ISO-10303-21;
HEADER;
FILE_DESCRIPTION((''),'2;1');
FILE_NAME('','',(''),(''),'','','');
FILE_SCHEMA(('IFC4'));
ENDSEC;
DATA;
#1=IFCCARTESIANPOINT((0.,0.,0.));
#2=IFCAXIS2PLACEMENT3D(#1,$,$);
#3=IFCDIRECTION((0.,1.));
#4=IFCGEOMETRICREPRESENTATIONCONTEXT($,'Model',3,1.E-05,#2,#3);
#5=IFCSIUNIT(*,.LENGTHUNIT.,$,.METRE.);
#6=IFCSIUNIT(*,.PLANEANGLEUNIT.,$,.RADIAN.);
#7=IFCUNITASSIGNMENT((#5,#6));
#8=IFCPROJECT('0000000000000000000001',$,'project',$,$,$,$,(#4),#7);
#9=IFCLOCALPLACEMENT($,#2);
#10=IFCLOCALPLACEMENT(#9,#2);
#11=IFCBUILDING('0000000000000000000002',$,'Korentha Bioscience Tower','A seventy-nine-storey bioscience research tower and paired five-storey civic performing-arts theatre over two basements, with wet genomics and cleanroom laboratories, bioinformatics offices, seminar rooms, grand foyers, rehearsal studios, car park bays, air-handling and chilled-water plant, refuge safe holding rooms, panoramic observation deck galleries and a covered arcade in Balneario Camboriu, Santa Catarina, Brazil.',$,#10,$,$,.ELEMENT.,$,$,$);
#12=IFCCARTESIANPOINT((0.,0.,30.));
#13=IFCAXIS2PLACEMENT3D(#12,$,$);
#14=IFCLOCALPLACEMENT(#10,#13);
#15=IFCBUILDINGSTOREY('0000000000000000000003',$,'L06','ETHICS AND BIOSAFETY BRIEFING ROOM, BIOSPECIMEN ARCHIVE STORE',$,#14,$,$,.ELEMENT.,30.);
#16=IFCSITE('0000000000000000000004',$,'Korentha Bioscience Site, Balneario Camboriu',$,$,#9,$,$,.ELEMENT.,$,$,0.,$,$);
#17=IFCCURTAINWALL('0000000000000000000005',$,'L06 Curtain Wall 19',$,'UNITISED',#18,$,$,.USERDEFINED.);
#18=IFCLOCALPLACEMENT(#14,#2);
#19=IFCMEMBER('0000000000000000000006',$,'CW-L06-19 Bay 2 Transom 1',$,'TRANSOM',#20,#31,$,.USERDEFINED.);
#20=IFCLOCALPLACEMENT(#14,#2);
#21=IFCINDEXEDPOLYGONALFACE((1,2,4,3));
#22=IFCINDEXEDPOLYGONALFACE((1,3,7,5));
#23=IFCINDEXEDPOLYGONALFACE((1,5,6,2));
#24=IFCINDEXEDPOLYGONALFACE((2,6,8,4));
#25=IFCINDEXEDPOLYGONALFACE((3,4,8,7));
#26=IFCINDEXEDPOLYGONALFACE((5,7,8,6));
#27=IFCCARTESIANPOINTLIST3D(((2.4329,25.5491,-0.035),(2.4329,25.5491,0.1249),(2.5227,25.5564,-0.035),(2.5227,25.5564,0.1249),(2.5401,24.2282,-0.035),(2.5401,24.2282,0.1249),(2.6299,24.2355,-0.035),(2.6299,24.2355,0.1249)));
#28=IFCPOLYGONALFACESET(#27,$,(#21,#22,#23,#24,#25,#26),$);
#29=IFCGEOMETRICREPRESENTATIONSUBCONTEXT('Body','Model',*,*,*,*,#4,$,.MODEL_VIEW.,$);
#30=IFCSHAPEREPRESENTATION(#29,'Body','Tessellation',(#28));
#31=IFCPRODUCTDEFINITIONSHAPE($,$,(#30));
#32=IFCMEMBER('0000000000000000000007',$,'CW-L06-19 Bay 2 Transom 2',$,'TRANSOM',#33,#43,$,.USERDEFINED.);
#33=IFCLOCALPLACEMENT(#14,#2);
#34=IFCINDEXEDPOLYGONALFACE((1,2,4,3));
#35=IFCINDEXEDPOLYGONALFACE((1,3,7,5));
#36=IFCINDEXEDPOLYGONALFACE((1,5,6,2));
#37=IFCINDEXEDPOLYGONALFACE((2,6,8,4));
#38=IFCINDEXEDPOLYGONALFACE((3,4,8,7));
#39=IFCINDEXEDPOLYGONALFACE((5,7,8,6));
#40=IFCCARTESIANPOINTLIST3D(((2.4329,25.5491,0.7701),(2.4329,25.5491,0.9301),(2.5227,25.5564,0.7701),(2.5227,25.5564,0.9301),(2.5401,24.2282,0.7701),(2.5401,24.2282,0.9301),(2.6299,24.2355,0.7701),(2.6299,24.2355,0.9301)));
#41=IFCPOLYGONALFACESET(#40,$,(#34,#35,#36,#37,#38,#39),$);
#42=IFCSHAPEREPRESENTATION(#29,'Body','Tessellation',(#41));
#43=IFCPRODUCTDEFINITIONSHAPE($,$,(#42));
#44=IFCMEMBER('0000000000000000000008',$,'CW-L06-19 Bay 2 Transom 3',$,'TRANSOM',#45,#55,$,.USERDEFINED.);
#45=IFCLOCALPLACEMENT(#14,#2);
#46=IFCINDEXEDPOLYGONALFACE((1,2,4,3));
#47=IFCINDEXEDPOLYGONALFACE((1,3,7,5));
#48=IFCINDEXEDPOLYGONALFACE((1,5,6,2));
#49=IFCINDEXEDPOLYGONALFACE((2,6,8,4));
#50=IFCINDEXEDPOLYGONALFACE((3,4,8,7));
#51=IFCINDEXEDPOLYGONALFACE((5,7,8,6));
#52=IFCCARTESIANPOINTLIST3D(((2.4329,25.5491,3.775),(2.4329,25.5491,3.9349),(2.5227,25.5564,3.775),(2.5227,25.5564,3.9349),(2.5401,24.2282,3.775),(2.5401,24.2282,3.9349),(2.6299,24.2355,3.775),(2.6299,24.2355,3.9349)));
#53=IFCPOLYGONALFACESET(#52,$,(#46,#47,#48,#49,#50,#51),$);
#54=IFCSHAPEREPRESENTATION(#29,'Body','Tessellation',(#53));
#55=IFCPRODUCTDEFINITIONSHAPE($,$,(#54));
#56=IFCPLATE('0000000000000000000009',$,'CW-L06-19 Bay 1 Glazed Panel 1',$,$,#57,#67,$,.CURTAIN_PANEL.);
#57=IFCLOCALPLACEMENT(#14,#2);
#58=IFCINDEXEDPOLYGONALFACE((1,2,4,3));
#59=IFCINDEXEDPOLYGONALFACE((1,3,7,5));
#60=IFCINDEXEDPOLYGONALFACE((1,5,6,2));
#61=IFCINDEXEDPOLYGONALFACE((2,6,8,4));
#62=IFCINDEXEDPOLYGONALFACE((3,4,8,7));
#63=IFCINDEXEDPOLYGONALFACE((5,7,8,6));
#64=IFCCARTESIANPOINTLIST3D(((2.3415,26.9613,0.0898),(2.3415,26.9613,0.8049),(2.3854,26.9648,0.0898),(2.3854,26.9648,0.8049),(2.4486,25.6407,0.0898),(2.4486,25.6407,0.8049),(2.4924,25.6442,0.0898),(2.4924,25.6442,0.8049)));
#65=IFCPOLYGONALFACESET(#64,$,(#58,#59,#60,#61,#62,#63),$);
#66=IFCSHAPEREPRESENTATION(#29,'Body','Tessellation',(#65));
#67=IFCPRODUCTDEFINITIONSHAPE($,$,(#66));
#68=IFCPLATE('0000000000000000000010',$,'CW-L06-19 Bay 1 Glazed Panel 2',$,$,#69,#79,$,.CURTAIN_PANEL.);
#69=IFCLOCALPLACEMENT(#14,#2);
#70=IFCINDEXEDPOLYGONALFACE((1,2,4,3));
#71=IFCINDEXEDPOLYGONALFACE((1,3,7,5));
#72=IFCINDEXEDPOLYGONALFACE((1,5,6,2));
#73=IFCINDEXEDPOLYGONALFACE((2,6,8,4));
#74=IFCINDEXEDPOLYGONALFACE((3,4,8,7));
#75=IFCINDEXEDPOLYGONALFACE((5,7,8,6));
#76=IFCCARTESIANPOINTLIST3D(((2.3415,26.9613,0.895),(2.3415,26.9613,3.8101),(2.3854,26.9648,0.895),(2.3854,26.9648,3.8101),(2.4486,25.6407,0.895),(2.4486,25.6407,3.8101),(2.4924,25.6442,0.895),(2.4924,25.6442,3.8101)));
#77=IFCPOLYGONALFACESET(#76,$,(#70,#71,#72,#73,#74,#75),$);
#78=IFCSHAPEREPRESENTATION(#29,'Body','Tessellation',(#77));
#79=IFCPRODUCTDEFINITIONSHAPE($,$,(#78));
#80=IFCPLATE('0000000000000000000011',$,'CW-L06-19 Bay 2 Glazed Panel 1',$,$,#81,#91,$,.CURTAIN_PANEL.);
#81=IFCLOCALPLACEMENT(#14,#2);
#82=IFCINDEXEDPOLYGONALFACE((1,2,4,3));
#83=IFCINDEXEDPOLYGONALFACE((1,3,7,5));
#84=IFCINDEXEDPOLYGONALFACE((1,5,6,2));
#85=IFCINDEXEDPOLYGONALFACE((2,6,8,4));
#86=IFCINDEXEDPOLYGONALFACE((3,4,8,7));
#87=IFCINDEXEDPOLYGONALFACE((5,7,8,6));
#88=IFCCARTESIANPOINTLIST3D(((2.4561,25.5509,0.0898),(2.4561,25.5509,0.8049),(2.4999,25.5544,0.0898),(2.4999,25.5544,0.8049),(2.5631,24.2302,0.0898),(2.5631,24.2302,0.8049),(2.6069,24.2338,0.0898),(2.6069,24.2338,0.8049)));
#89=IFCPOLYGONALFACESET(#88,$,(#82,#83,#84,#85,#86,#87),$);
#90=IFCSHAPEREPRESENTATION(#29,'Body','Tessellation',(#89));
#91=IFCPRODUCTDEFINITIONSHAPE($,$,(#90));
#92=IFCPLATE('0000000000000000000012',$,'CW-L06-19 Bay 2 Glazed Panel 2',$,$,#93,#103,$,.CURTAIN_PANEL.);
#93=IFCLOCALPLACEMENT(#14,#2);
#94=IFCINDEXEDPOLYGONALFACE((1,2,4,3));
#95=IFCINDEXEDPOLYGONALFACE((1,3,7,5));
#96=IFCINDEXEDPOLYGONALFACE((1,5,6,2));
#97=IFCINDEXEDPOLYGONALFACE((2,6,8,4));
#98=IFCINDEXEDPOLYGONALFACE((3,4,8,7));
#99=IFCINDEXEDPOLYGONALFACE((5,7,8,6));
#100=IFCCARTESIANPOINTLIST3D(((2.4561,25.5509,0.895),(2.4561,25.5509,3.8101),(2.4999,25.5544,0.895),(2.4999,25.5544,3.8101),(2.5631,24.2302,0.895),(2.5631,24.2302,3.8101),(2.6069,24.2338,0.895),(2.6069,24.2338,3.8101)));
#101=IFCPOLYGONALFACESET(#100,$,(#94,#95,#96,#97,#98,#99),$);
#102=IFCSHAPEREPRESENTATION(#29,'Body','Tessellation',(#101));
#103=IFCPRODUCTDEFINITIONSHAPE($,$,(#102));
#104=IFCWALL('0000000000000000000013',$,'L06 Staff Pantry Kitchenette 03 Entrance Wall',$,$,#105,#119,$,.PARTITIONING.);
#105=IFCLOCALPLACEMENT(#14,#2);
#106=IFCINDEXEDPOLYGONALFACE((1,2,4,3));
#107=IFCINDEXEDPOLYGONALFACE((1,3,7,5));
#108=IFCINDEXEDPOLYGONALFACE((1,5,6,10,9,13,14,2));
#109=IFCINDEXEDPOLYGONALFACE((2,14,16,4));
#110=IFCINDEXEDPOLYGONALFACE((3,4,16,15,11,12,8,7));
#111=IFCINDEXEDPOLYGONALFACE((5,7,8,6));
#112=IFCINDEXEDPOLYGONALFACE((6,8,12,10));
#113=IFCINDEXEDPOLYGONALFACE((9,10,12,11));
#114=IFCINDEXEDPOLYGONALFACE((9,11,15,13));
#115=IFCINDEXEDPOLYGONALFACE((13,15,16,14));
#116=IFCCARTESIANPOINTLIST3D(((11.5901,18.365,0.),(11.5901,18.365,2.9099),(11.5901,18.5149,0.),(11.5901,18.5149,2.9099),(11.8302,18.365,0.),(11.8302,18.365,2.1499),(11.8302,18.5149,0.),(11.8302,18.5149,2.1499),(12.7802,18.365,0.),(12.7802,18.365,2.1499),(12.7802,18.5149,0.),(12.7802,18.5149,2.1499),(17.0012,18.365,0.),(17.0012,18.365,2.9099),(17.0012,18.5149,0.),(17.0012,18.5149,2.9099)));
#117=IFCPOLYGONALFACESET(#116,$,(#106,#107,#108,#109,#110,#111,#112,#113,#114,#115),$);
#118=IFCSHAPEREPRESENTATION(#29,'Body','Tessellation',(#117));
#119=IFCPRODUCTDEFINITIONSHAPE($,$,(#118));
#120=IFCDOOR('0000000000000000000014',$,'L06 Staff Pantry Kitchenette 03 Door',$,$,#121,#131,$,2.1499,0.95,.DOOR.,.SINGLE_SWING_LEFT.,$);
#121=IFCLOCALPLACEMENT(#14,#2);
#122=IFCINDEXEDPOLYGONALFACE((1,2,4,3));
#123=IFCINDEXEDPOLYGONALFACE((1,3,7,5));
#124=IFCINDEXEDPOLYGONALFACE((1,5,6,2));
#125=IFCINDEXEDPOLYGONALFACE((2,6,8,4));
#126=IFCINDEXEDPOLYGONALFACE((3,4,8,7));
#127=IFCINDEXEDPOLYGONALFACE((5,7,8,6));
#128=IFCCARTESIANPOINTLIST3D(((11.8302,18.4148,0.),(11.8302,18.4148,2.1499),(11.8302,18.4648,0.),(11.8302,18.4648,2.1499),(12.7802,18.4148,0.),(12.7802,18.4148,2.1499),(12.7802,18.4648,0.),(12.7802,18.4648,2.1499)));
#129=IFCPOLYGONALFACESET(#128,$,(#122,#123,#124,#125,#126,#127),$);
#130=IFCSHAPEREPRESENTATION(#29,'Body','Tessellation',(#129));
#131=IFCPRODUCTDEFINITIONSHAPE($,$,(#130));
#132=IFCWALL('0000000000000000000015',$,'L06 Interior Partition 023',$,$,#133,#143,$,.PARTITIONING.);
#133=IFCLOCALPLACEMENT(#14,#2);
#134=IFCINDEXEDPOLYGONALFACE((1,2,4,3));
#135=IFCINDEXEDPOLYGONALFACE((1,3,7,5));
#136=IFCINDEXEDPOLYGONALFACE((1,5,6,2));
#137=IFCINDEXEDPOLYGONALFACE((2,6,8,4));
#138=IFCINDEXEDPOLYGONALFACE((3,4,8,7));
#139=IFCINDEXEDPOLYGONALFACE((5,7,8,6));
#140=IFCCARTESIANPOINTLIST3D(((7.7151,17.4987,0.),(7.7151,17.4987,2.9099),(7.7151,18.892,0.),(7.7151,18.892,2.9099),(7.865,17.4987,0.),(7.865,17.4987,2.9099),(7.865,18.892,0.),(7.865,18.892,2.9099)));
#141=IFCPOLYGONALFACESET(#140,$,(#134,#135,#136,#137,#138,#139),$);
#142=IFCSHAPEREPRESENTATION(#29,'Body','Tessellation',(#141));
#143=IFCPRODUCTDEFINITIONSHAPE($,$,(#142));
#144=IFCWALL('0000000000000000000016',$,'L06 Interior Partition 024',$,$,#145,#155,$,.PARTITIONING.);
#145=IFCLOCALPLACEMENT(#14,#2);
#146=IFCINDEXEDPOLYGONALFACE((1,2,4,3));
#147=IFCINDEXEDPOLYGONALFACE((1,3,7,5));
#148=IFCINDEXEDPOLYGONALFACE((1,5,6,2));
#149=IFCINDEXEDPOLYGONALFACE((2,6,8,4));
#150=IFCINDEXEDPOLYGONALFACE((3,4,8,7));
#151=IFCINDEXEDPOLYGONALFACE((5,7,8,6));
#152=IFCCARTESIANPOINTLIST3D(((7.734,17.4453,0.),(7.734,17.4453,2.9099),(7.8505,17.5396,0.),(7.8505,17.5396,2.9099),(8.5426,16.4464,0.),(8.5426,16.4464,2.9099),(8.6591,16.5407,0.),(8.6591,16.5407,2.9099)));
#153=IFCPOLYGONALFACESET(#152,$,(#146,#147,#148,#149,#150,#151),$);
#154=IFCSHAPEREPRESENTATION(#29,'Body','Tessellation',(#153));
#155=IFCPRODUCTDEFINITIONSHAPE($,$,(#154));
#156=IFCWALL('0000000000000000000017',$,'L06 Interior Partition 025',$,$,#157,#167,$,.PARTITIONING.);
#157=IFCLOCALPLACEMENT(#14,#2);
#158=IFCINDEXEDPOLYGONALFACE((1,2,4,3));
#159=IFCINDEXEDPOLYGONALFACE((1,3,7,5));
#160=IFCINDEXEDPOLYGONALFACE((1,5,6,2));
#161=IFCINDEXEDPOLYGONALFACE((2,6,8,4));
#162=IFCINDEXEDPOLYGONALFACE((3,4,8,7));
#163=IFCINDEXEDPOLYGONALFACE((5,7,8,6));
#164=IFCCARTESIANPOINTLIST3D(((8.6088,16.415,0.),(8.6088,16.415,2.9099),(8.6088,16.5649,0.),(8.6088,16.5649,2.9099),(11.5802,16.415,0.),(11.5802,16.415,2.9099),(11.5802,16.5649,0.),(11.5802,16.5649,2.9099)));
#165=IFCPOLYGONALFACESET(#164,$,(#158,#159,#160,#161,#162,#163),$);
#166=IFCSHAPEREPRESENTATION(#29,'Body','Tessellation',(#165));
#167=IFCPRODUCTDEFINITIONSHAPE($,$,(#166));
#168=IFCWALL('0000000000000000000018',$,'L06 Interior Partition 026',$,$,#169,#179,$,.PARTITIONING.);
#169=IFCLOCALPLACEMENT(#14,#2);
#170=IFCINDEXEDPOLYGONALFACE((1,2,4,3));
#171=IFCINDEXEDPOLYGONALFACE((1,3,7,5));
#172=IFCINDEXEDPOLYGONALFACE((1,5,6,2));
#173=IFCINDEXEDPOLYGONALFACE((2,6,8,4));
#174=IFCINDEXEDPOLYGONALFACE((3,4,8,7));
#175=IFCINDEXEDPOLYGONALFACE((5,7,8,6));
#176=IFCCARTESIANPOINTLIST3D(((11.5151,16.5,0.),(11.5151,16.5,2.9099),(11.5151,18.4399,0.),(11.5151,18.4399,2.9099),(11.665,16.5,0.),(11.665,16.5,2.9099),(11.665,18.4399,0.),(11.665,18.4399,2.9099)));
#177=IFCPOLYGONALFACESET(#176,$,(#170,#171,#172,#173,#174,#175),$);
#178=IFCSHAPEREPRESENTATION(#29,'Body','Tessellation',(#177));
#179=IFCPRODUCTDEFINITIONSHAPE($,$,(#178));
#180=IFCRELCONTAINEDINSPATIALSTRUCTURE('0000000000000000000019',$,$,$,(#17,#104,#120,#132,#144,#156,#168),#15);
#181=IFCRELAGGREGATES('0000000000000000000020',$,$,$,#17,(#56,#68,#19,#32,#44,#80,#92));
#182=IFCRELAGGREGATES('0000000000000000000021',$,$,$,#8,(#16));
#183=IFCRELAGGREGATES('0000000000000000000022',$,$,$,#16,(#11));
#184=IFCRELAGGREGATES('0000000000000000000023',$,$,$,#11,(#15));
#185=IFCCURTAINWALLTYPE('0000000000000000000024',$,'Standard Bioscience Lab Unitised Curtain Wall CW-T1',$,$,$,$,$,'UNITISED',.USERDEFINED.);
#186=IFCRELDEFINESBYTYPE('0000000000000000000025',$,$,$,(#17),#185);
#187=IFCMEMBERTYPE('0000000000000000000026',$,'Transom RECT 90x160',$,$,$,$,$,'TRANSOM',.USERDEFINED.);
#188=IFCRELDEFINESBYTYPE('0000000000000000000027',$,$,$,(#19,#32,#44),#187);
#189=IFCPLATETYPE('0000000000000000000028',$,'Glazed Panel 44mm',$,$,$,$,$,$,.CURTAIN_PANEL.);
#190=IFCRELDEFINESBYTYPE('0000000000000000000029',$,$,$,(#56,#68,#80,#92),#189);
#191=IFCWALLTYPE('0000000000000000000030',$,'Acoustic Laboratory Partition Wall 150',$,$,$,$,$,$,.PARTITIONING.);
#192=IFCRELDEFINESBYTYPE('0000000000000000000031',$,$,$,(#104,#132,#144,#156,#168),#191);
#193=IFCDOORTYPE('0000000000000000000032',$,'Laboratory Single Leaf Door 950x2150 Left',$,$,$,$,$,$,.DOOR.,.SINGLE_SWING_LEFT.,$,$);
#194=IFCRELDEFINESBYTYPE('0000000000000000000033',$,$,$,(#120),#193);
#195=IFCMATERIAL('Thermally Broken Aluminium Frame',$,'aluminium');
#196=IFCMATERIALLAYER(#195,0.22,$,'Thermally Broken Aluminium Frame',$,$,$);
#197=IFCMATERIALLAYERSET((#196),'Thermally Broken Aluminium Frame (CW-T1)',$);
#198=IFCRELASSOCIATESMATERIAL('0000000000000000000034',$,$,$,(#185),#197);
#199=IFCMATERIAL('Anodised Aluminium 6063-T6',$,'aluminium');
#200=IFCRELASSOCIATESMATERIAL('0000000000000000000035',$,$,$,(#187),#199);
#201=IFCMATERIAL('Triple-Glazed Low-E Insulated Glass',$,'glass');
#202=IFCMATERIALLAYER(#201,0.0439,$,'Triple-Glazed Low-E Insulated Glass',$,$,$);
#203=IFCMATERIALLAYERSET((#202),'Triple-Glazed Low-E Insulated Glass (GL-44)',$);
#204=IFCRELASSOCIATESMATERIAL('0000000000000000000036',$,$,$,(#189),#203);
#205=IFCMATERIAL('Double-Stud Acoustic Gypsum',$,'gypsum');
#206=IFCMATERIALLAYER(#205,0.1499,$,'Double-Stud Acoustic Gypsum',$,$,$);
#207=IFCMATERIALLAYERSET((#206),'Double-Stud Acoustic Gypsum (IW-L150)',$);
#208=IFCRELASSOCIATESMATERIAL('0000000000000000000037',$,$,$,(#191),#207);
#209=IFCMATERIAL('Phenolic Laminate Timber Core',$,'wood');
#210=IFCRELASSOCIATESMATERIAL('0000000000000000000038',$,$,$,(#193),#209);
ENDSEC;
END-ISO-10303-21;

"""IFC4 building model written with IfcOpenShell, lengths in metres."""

from ifc_helpers import new_model, si_unit, direction, frame, frame_2d, origin, origin_2d, place, context, subcontext, project, spatial, rectangle, extrude, material, layer, layer_set, material_profile, profile_set, type_object, element, fill, aggregate, save


model = new_model("IFC4")

# Units and contexts
model_context = context("Model", 3, precision=1e-05, world=origin(), true_north=direction((0.0, 1.0)))
body_context = subcontext(model_context, "Body", "Model", "MODEL_VIEW")
ifc_project = project(units=[si_unit("LENGTHUNIT", "METRE"), si_unit("PLANEANGLEUNIT", "RADIAN")], contexts=[model_context])

# Site, building, storey
site_placement = place(None, origin())
site = spatial("IfcSite", under=ifc_project, at=site_placement, Name="Korentha Bioscience Site, Balneario Camboriu", CompositionType="ELEMENT", RefElevation=0.0)
building_placement = place(site_placement, origin())
building = spatial("IfcBuilding", under=site, at=building_placement, Name="Korentha Bioscience Tower", Description="A seventy-nine-storey bioscience research tower and paired five-storey civic performing-arts theatre over two basements, with wet genomics and cleanroom laboratories, bioinformatics offices, seminar rooms, grand foyers, rehearsal studios, car park bays, air-handling and chilled-water plant, refuge safe holding rooms, panoramic observation deck galleries and a covered arcade in Balneario Camboriu, Santa Catarina, Brazil.", CompositionType="ELEMENT")
storey_placement = place(building_placement, frame((0.0, 0.0, 30.0)))
storey = spatial("IfcBuildingStorey", under=building, at=storey_placement, Name="L06", Description="ETHICS AND BIOSAFETY BRIEFING ROOM, BIOSPECIMEN ARCHIVE STORE", CompositionType="ELEMENT", Elevation=30.0)

# Curtain wall
ifc_material_1 = material(Name="Thermally Broken Aluminium Frame", Category="aluminium")
ifc_layer_1 = layer(ifc_material_1, 0.22, Name="Thermally Broken Aluminium Frame")
ifc_layer_set_1 = layer_set([ifc_layer_1], Name="Thermally Broken Aluminium Frame (CW-T1)")
curtain_wall_type = type_object("IfcCurtainWallType", Name="Standard Bioscience Lab Unitised Curtain Wall CW-T1", ElementType="UNITISED", PredefinedType="USERDEFINED", material=ifc_layer_set_1)
curtain_wall_placement = place(storey_placement, origin())
curtain_wall = element("IfcCurtainWall", 1, at=curtain_wall_placement, inside=storey, type_object=curtain_wall_type, Name="L06 Curtain Wall 19", ObjectType="UNITISED", PredefinedType="USERDEFINED")
ifc_material_2 = material(Name="Anodised Aluminium 6063-T6", Category="aluminium")

# Members
ifc_material_profile_1 = material_profile(ifc_material_2, rectangle(XDim=0.0901, YDim=0.1599, at=origin_2d()), Name="Anodised Aluminium 6063-T6")
ifc_profile_set_1 = profile_set([ifc_material_profile_1], Name="Anodised Aluminium 6063-T6 (CW-TRN)")
member_type_1 = type_object("IfcMemberType", Name="Transom RECT 90x160", ElementType="TRANSOM", PredefinedType="USERDEFINED", material=ifc_profile_set_1)
member_1_placement = place(storey_placement, frame((2.4778, 25.5527, 0.0449), z_axis=(0.08088, -0.996724, 0.0), x_axis=(0.996724, 0.08088, 0.0)))
member_1 = element("IfcMember", 2, at=member_1_placement, type_object=member_type_1, Name="CW-L06-19 Bay 2 Transom 1", ObjectType="TRANSOM", PredefinedType="USERDEFINED", context=body_context, shape_type="SweptSolid", body=[
    extrude(rectangle(XDim=0.0901, YDim=0.1599, at=origin_2d()), origin(), (0.0, 0.0, 1.0), 1.3252),
])
member_2_placement = place(storey_placement, frame((2.4778, 25.5527, 0.8501), z_axis=(0.08088, -0.996724, 0.0), x_axis=(0.996724, 0.08088, 0.0)))
member_2 = element("IfcMember", 3, at=member_2_placement, type_object=member_type_1, Name="CW-L06-19 Bay 2 Transom 2", ObjectType="TRANSOM", PredefinedType="USERDEFINED", context=body_context, shape_type="SweptSolid", body=[
    extrude(rectangle(XDim=0.0901, YDim=0.1599, at=origin_2d()), origin(), (0.0, 0.0, 1.0), 1.3252),
])
member_3_placement = place(storey_placement, frame((2.4778, 25.5527, 3.855), z_axis=(0.08088, -0.996724, 0.0), x_axis=(0.996724, 0.08088, 0.0)))
member_3 = element("IfcMember", 4, at=member_3_placement, type_object=member_type_1, Name="CW-L06-19 Bay 2 Transom 3", ObjectType="TRANSOM", PredefinedType="USERDEFINED", context=body_context, shape_type="SweptSolid", body=[
    extrude(rectangle(XDim=0.0901, YDim=0.1599, at=origin_2d()), origin(), (0.0, 0.0, 1.0), 1.3252),
])

# Plates
ifc_material_3 = material(Name="Triple-Glazed Low-E Insulated Glass", Category="glass")
ifc_layer_2 = layer(ifc_material_3, 0.0439, Name="Triple-Glazed Low-E Insulated Glass")
ifc_layer_set_2 = layer_set([ifc_layer_2], Name="Triple-Glazed Low-E Insulated Glass (GL-44)")
plate_type = type_object("IfcPlateType", Name="Glazed Panel 44mm", PredefinedType="CURTAIN_PANEL", material=ifc_layer_set_2)
plate_1_placement = place(storey_placement, frame((2.417, 26.3027, 0.0898), z_axis=(0.0, 0.0, 1.0), x_axis=(0.08082, -0.996729, 0.0)))
plate_1 = element("IfcPlate", 5, at=plate_1_placement, type_object=plate_type, Name="CW-L06-19 Bay 1 Glazed Panel 1", PredefinedType="CURTAIN_PANEL", context=body_context, shape_type="SweptSolid", body=[
    extrude(rectangle(XDim=1.325, YDim=0.0439, at=origin_2d()), origin(), (0.0, 0.0, 1.0), 0.7151),
])
plate_2_placement = place(storey_placement, frame((2.417, 26.3027, 0.895), z_axis=(0.0, 0.0, 1.0), x_axis=(0.08082, -0.996729, 0.0)))
plate_2 = element("IfcPlate", 6, at=plate_2_placement, type_object=plate_type, Name="CW-L06-19 Bay 1 Glazed Panel 2", PredefinedType="CURTAIN_PANEL", context=body_context, shape_type="SweptSolid", body=[
    extrude(rectangle(XDim=1.325, YDim=0.0439, at=origin_2d()), origin(), (0.0, 0.0, 1.0), 2.915),
])
plate_3_placement = place(storey_placement, frame((2.5315, 24.8923, 0.0898), z_axis=(0.0, 0.0, 1.0), x_axis=(0.08082, -0.996729, 0.0)))
plate_3 = element("IfcPlate", 7, at=plate_3_placement, type_object=plate_type, Name="CW-L06-19 Bay 2 Glazed Panel 1", PredefinedType="CURTAIN_PANEL", context=body_context, shape_type="SweptSolid", body=[
    extrude(rectangle(XDim=1.325, YDim=0.0439, at=origin_2d()), origin(), (0.0, 0.0, 1.0), 0.7151),
])
plate_4_placement = place(storey_placement, frame((2.5315, 24.8923, 0.895), z_axis=(0.0, 0.0, 1.0), x_axis=(0.08082, -0.996729, 0.0)))
plate_4 = element("IfcPlate", 8, at=plate_4_placement, type_object=plate_type, Name="CW-L06-19 Bay 2 Glazed Panel 2", PredefinedType="CURTAIN_PANEL", context=body_context, shape_type="SweptSolid", body=[
    extrude(rectangle(XDim=1.325, YDim=0.0439, at=origin_2d()), origin(), (0.0, 0.0, 1.0), 2.915),
])
aggregate(curtain_wall, [plate_1, plate_2, member_1, member_2, member_3, plate_3, plate_4])

# Wall, opening, door
ifc_material_4 = material(Name="Double-Stud Acoustic Gypsum", Category="gypsum")
ifc_layer_3 = layer(ifc_material_4, 0.1499, Name="Double-Stud Acoustic Gypsum")
ifc_layer_set_3 = layer_set([ifc_layer_3], Name="Double-Stud Acoustic Gypsum (IW-L150)")
wall_type_1 = type_object("IfcWallType", Name="Acoustic Laboratory Partition Wall 150", PredefinedType="PARTITIONING", material=ifc_layer_set_3)
wall_1_placement = place(storey_placement, frame((11.5901, 18.4399, 0.0), z_axis=(0.0, 0.0, 1.0), x_axis=(1.0, 0.0, 0.0)))
wall_1 = element("IfcWall", 9, at=wall_1_placement, inside=storey, type_object=wall_type_1, Name="L06 Staff Pantry Kitchenette 03 Entrance Wall", PredefinedType="PARTITIONING", context=body_context, shape_type="SweptSolid", body=[
    extrude(rectangle(XDim=5.4111, YDim=0.1499, at=frame_2d((2.7056, 0.0))), origin(), (0.0, 0.0, 1.0), 2.9099),
])
opening_1_placement = place(wall_1_placement, frame((0.24, 0.0, 0.0)))
opening_1 = element("IfcOpeningElement", 10, at=opening_1_placement, cuts=wall_1, PredefinedType="OPENING", context=body_context, shape_type="SweptSolid", body=[
    extrude(rectangle(XDim=0.95, YDim=2.1499, at=frame_2d((0.4751, 1.075))), frame((0.0, 0.0898, 0.0), z_axis=(0.0, -1.0, 0.0), x_axis=(1.0, 0.0, 0.0)), (0.0, 0.0, 1.0), 0.1797),
])
ifc_material_5 = material(Name="Phenolic Laminate Timber Core", Category="wood")
door_type_1 = type_object("IfcDoorType", Name="Laboratory Single Leaf Door 950x2150 Left", OperationType="SINGLE_SWING_LEFT", PredefinedType="DOOR", material=ifc_material_5)
door_1_placement = place(opening_1_placement, origin())
door_1 = element("IfcDoor", 11, at=door_1_placement, inside=storey, type_object=door_type_1, Name="L06 Staff Pantry Kitchenette 03 Door", OperationType="SINGLE_SWING_LEFT", OverallHeight=2.1499, OverallWidth=0.95, PredefinedType="DOOR", context=body_context, shape_type="SweptSolid", body=[
    extrude(rectangle(XDim=0.95, YDim=2.1499, at=frame_2d((0.4751, 1.075))), frame((0.0, 0.0249, 0.0), z_axis=(0.0, -1.0, 0.0), x_axis=(1.0, 0.0, 0.0)), (0.0, 0.0, 1.0), 0.05),
])
fill(opening_1, door_1)

# Walls
wall_2_placement = place(storey_placement, frame((7.79, 18.8921, 0.0), z_axis=(0.0, 0.0, 1.0), x_axis=(0.0, -1.0, 0.0)))
element("IfcWall", 12, at=wall_2_placement, inside=storey, type_object=wall_type_1, Name="L06 Interior Partition 023", PredefinedType="PARTITIONING", context=body_context, shape_type="SweptSolid", body=[
    extrude(rectangle(XDim=1.3933, YDim=0.1499, at=frame_2d((0.6968, 0.0))), origin(), (0.0, 0.0, 1.0), 2.9099),
])
wall_3_placement = place(storey_placement, frame((7.7922, 17.4924, 0.0), z_axis=(0.0, 0.0, 1.0), x_axis=(0.629226, -0.777223, 0.0)))
element("IfcWall", 13, at=wall_3_placement, inside=storey, type_object=wall_type_1, Name="L06 Interior Partition 024", PredefinedType="PARTITIONING", context=body_context, shape_type="SweptSolid", body=[
    extrude(rectangle(XDim=1.2852, YDim=0.1499, at=frame_2d((0.6426, 0.0))), origin(), (0.0, 0.0, 1.0), 2.9099),
])
wall_4_placement = place(storey_placement, frame((8.6086, 16.49, 0.0), z_axis=(0.0, 0.0, 1.0), x_axis=(1.0, 0.0, 0.0)))
element("IfcWall", 14, at=wall_4_placement, inside=storey, type_object=wall_type_1, Name="L06 Interior Partition 025", PredefinedType="PARTITIONING", context=body_context, shape_type="SweptSolid", body=[
    extrude(rectangle(XDim=2.9714, YDim=0.1499, at=frame_2d((1.4858, 0.0))), origin(), (0.0, 0.0, 1.0), 2.9099),
])
wall_5_placement = place(storey_placement, frame((11.5901, 16.5, 0.0), z_axis=(0.0, 0.0, 1.0), x_axis=(0.0, 1.0, 0.0)))
element("IfcWall", 15, at=wall_5_placement, inside=storey, type_object=wall_type_1, Name="L06 Interior Partition 026", PredefinedType="PARTITIONING", context=body_context, shape_type="SweptSolid", body=[
    extrude(rectangle(XDim=1.9399, YDim=0.1499, at=frame_2d((0.97, 0.0))), origin(), (0.0, 0.0, 1.0), 2.9099),
])

save(model, "model.ifc")
